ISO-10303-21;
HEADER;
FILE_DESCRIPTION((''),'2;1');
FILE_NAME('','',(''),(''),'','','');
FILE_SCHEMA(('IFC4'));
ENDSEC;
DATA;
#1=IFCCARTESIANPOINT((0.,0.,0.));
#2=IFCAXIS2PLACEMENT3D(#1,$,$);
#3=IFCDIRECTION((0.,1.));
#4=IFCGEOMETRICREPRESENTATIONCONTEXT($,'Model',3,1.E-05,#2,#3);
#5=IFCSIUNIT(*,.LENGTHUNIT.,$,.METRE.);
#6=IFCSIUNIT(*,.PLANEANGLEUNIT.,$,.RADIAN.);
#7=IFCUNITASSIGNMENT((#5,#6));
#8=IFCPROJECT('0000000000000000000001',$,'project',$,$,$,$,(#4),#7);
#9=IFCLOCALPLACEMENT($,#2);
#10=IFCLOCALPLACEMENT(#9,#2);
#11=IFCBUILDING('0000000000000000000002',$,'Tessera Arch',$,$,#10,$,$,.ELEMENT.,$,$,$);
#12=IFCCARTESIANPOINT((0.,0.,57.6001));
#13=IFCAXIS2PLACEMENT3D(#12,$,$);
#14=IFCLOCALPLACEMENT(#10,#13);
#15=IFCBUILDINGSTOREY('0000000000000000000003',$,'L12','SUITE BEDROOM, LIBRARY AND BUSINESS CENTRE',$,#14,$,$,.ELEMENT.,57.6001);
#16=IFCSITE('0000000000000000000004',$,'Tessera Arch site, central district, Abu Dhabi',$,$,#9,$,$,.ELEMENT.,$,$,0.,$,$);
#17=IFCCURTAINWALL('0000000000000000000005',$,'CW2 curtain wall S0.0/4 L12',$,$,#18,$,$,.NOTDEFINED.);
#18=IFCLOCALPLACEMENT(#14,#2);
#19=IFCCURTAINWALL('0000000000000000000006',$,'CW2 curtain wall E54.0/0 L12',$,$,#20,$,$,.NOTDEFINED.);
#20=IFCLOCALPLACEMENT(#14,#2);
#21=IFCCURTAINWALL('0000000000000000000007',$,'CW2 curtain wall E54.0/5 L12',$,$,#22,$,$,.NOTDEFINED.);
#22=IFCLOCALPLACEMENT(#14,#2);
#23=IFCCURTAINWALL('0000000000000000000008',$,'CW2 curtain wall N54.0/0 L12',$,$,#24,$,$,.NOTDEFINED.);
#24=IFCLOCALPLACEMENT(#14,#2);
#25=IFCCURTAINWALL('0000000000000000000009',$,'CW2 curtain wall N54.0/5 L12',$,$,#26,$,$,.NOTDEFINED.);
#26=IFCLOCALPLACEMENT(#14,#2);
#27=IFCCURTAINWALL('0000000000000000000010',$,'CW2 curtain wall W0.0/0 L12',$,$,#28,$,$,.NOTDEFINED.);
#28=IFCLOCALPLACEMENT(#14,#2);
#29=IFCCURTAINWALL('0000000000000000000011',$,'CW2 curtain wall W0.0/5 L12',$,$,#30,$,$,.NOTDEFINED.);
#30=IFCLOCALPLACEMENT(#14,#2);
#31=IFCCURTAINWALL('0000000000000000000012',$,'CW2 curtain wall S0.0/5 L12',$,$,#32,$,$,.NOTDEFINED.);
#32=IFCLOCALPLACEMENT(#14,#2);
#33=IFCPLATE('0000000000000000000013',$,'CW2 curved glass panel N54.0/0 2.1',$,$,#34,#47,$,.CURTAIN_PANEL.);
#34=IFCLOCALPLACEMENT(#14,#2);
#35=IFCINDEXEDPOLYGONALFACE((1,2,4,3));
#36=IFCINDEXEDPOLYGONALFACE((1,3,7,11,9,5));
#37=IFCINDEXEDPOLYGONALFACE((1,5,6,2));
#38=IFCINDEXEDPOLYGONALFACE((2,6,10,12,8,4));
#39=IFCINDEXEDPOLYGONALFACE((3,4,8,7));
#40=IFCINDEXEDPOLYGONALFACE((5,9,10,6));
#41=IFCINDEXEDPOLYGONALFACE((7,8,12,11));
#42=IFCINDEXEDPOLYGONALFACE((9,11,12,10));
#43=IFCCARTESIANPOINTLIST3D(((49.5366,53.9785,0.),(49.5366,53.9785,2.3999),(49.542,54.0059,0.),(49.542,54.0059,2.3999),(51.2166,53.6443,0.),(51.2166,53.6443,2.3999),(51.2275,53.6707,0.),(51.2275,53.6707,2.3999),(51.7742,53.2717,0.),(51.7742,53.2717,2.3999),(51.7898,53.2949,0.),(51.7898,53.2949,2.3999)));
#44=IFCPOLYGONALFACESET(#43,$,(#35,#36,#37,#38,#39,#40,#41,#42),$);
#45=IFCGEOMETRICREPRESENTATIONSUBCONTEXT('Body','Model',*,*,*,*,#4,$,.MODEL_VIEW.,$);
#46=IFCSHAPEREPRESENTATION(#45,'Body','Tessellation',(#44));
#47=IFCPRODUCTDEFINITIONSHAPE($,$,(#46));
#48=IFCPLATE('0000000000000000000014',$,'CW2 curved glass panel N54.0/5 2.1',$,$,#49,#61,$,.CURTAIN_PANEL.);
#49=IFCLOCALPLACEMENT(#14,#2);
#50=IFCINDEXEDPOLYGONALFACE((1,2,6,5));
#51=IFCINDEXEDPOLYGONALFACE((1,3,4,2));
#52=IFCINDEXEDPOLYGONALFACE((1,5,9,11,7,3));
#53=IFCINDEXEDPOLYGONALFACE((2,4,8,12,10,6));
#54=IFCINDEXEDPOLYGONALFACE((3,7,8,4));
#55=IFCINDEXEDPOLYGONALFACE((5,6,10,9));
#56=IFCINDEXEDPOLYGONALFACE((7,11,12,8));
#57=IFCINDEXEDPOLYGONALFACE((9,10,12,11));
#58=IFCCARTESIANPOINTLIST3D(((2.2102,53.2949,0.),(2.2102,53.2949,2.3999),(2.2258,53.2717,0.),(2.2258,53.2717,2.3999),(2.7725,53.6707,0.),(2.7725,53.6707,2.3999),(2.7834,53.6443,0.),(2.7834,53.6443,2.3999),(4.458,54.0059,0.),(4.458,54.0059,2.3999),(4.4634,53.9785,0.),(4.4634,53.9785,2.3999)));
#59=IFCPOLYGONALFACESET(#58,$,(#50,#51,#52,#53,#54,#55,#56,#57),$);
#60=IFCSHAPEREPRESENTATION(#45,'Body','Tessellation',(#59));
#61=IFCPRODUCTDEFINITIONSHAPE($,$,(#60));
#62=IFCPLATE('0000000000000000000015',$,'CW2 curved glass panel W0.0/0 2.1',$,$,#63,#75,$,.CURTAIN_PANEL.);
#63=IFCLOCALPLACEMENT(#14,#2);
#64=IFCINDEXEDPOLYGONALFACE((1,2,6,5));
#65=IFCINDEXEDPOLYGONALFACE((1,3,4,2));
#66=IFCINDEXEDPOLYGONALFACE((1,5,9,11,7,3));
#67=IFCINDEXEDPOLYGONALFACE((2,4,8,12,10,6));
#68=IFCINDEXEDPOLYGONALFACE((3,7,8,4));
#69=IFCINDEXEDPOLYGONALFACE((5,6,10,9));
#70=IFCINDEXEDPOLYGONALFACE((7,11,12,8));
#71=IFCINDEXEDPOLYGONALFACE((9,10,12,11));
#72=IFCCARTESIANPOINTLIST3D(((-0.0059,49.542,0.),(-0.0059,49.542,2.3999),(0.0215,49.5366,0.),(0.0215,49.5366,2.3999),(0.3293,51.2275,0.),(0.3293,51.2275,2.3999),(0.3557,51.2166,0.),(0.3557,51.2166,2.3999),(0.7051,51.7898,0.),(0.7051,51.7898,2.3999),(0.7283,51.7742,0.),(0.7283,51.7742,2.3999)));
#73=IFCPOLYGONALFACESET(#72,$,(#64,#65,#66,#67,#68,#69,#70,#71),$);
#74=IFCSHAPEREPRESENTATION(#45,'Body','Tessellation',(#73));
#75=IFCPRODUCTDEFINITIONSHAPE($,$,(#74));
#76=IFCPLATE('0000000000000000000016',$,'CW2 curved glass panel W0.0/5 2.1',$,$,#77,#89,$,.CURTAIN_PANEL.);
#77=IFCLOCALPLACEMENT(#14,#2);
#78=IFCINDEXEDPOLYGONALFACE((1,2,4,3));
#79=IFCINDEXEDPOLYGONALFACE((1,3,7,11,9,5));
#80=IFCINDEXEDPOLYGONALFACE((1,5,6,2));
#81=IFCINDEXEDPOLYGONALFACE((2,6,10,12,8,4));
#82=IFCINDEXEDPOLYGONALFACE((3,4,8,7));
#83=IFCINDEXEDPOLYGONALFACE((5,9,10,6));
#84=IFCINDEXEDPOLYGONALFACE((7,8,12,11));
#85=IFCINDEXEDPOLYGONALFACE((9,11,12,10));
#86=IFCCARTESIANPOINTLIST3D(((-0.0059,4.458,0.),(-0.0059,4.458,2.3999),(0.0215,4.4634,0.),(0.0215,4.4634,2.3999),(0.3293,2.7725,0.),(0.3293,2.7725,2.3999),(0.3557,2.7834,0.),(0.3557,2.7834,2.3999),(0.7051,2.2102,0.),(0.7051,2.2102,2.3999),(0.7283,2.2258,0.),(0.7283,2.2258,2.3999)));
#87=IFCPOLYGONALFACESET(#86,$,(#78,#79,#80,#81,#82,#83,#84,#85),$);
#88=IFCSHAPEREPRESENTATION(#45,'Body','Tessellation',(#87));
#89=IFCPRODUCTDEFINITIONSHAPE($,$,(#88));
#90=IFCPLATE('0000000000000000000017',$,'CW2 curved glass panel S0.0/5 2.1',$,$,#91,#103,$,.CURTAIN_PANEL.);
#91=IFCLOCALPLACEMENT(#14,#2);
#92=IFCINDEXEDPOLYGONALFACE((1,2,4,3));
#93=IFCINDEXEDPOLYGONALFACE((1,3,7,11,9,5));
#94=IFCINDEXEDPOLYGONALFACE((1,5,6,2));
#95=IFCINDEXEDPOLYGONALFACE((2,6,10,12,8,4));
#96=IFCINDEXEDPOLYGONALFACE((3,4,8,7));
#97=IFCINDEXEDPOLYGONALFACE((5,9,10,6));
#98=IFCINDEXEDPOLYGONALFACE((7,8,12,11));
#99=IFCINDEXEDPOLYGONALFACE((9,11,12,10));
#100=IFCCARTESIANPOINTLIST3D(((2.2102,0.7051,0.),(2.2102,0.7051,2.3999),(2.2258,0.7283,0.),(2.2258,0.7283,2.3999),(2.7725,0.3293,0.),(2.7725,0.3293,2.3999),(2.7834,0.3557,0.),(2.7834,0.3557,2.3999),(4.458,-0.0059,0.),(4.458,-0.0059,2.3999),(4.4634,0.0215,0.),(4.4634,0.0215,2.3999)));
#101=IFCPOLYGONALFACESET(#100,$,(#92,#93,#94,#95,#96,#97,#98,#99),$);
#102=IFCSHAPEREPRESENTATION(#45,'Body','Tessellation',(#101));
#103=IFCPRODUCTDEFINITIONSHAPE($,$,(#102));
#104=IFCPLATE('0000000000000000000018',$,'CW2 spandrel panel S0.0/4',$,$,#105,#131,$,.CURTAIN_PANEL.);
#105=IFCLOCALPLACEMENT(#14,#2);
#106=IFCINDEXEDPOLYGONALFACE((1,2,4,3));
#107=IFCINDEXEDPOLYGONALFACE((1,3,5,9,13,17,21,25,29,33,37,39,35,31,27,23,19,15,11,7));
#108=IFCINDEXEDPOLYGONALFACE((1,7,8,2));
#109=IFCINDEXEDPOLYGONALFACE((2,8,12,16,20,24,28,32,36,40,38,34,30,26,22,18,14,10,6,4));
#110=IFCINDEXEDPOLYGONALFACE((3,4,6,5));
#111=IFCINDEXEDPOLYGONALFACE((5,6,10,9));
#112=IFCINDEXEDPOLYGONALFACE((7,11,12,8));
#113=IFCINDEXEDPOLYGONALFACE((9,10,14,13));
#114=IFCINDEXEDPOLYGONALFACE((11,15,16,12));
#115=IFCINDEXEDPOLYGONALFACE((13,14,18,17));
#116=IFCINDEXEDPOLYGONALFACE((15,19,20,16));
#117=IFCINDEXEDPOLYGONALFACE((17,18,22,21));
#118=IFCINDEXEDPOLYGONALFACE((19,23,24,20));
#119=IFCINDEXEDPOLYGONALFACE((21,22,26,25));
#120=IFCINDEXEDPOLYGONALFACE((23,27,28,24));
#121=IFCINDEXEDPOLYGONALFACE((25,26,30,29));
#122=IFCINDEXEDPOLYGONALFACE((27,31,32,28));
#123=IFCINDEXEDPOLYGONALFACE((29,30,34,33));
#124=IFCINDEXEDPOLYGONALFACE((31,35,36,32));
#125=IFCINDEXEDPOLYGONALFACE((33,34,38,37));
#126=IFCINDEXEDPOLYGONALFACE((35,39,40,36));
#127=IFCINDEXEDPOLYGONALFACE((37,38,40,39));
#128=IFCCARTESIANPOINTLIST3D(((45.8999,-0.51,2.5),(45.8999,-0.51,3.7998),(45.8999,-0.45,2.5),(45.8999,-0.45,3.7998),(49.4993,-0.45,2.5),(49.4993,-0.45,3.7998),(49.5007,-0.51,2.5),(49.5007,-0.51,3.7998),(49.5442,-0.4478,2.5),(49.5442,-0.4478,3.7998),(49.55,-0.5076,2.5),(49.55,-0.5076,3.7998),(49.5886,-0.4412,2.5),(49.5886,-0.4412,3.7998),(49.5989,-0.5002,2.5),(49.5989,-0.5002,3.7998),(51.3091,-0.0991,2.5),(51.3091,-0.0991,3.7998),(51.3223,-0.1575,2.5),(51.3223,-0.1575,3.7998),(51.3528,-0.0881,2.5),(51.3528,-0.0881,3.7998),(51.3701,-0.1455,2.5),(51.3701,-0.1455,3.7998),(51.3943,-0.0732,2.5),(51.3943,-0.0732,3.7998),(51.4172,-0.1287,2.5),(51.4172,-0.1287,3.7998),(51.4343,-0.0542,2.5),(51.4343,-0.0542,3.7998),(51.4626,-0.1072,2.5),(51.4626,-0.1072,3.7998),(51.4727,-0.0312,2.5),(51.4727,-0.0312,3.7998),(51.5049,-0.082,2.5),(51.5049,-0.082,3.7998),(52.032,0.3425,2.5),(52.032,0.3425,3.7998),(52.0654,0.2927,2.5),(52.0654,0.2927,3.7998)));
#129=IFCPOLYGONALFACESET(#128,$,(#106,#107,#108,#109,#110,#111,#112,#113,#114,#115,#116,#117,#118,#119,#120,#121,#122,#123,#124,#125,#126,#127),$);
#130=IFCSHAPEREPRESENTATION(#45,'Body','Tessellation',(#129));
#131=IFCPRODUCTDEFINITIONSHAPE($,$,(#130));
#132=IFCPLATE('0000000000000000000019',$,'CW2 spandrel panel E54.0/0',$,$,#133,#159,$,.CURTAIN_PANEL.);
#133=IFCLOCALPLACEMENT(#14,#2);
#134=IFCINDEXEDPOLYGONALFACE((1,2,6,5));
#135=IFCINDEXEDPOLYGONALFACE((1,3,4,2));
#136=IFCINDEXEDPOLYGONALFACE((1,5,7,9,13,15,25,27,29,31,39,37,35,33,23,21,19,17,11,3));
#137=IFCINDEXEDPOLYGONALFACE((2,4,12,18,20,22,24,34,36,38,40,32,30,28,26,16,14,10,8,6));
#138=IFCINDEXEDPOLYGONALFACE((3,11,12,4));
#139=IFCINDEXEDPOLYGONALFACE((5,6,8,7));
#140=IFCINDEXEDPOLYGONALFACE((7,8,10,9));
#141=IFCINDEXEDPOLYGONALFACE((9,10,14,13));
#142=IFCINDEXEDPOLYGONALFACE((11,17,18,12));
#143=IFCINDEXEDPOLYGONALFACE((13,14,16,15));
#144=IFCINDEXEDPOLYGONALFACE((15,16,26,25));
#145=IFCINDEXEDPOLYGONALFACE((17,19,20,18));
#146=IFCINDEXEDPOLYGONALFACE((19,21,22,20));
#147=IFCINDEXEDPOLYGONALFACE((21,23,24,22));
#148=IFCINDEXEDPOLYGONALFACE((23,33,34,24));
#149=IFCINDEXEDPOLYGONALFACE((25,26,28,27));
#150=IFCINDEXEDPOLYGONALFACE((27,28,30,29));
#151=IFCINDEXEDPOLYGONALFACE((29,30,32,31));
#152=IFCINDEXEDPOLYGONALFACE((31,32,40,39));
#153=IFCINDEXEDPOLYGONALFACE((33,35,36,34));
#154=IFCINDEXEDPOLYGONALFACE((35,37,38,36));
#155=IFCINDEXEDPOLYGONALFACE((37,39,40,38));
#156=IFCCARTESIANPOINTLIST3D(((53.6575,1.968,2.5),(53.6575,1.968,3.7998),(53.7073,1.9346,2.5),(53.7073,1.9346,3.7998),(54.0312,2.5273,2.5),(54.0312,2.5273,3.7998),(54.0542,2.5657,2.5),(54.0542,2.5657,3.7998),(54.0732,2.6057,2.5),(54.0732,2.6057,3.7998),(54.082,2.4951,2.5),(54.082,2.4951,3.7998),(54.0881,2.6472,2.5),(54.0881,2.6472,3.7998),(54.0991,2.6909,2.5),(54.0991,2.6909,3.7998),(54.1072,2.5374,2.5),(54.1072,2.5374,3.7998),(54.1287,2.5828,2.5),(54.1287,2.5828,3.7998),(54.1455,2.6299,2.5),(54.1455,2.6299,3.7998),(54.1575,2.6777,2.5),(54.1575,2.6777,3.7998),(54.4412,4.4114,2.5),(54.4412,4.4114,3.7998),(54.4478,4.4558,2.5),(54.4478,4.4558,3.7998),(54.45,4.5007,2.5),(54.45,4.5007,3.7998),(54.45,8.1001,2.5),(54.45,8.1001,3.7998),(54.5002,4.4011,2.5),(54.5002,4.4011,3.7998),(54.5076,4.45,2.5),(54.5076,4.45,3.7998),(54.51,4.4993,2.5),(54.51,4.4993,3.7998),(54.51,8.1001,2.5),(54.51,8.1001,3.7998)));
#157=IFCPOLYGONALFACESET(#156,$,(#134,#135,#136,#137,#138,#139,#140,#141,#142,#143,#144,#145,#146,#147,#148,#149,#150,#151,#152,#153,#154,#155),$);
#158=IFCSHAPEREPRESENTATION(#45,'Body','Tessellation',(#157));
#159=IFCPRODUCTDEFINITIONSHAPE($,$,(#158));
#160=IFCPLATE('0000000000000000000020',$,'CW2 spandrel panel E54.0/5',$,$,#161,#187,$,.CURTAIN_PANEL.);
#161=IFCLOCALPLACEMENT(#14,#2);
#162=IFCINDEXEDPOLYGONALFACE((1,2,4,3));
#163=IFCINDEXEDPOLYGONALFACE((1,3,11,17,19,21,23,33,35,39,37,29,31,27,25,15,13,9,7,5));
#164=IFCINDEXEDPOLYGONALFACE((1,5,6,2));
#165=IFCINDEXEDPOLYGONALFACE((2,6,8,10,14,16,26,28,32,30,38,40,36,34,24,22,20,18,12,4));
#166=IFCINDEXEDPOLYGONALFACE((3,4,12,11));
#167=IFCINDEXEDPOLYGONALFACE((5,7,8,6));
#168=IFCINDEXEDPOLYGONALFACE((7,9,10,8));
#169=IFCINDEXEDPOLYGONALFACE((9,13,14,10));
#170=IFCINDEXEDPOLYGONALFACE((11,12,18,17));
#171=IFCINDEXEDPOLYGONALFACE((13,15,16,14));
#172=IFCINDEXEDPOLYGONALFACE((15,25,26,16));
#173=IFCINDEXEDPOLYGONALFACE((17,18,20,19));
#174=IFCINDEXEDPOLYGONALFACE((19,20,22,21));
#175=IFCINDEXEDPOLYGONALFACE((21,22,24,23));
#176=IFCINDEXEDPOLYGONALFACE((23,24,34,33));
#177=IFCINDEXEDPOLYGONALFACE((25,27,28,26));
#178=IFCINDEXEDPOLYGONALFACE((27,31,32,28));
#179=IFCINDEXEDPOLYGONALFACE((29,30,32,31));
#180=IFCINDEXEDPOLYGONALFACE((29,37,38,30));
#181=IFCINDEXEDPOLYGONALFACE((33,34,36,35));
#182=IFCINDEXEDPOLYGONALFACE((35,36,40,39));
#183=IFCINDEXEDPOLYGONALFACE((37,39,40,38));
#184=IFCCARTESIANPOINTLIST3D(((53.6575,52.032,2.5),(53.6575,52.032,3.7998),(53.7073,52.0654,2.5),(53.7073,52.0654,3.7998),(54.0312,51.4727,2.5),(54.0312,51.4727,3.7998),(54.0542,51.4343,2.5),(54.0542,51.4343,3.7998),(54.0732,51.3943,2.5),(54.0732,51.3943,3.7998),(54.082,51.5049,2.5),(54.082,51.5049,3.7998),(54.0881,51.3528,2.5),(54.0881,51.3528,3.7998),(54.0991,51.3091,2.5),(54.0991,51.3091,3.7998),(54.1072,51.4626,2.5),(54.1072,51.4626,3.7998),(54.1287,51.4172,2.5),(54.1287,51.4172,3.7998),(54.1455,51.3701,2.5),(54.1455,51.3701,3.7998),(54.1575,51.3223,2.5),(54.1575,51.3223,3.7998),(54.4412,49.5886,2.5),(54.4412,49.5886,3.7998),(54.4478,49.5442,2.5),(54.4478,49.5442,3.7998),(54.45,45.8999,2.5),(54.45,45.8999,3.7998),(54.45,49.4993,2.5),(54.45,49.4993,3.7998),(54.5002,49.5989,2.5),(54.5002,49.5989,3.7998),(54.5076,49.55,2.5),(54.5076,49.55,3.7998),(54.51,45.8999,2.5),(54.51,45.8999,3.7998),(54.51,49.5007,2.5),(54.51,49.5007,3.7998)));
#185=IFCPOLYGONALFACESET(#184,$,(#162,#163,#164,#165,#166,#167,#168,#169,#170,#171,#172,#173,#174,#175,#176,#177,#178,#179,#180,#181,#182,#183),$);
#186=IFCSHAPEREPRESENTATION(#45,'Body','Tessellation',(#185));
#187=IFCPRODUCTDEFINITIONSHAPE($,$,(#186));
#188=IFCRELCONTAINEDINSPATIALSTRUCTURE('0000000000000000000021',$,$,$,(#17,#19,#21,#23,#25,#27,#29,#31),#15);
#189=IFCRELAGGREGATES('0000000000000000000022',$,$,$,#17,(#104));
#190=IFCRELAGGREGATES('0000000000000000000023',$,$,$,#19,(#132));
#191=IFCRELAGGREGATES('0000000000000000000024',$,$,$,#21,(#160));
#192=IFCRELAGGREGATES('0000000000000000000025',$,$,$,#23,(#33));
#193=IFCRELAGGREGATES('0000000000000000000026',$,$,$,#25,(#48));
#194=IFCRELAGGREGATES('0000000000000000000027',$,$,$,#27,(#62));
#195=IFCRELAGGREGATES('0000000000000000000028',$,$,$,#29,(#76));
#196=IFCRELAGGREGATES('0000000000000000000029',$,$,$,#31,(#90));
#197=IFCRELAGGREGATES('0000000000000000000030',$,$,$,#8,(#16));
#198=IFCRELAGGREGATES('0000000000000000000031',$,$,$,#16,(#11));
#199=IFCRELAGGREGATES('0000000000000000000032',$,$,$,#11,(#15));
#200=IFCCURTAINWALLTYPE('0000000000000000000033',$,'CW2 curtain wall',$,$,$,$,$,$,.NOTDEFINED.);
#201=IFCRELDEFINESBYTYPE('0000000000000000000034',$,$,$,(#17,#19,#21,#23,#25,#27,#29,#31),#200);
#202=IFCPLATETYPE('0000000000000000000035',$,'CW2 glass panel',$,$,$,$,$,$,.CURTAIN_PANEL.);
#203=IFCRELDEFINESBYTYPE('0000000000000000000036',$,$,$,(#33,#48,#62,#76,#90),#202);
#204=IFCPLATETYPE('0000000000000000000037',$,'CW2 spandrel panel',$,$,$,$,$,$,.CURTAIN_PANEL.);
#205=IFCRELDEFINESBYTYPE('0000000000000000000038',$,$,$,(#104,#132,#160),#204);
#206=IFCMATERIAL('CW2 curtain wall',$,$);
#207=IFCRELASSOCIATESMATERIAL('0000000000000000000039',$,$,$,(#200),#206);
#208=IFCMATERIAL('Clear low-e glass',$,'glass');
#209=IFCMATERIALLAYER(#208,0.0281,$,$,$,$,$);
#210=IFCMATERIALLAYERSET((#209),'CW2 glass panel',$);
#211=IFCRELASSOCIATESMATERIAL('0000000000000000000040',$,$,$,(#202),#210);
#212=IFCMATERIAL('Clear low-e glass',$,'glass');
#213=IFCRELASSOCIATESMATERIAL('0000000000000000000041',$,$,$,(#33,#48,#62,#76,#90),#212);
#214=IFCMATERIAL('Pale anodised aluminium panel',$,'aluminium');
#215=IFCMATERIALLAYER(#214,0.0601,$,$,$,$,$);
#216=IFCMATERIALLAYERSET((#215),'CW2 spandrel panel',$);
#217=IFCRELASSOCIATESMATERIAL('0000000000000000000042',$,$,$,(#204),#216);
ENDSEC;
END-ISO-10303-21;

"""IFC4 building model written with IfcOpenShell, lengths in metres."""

from ifc_helpers import new_model, si_unit, direction, frame, origin, place, context, subcontext, project, spatial, polyline, outline, extrude, material, layer, layer_set, type_object, element, aggregate, save


model = new_model("IFC4")

# Units and contexts
model_context = context("Model", 3, precision=1e-05, world=origin(), true_north=direction((0.0, 1.0)))
body_context = subcontext(model_context, "Body", "Model", "MODEL_VIEW")
ifc_project = project(units=[si_unit("LENGTHUNIT", "METRE"), si_unit("PLANEANGLEUNIT", "RADIAN")], contexts=[model_context])

# Site, building, storey
site_placement = place(None, origin())
site = spatial("IfcSite", under=ifc_project, at=site_placement, Name="Tessera Arch site, central district, Abu Dhabi", CompositionType="ELEMENT", RefElevation=0.0)
building_placement = place(site_placement, origin())
building = spatial("IfcBuilding", under=site, at=building_placement, Name="Tessera Arch", CompositionType="ELEMENT")
storey_placement = place(building_placement, frame((0.0, 0.0, 57.6001)))
storey = spatial("IfcBuildingStorey", under=building, at=storey_placement, Name="L12", Description="SUITE BEDROOM, LIBRARY AND BUSINESS CENTRE", CompositionType="ELEMENT", Elevation=57.6001)

# Curtain walls
ifc_material_1 = material(Name="CW2 curtain wall")
curtain_wall_type = type_object("IfcCurtainWallType", Name="CW2 curtain wall", PredefinedType="NOTDEFINED", material=ifc_material_1)
curtain_wall_1_placement = place(storey_placement, origin())
curtain_wall_1 = element("IfcCurtainWall", 1, at=curtain_wall_1_placement, inside=storey, type_object=curtain_wall_type, Name="CW2 curtain wall S0.0/4 L12", PredefinedType="NOTDEFINED")
curtain_wall_2_placement = place(storey_placement, origin())
curtain_wall_2 = element("IfcCurtainWall", 2, at=curtain_wall_2_placement, inside=storey, type_object=curtain_wall_type, Name="CW2 curtain wall E54.0/0 L12", PredefinedType="NOTDEFINED")
curtain_wall_3_placement = place(storey_placement, origin())
curtain_wall_3 = element("IfcCurtainWall", 3, at=curtain_wall_3_placement, inside=storey, type_object=curtain_wall_type, Name="CW2 curtain wall E54.0/5 L12", PredefinedType="NOTDEFINED")
curtain_wall_4_placement = place(storey_placement, origin())
curtain_wall_4 = element("IfcCurtainWall", 4, at=curtain_wall_4_placement, inside=storey, type_object=curtain_wall_type, Name="CW2 curtain wall N54.0/0 L12", PredefinedType="NOTDEFINED")
curtain_wall_5_placement = place(storey_placement, origin())
curtain_wall_5 = element("IfcCurtainWall", 5, at=curtain_wall_5_placement, inside=storey, type_object=curtain_wall_type, Name="CW2 curtain wall N54.0/5 L12", PredefinedType="NOTDEFINED")
curtain_wall_6_placement = place(storey_placement, origin())
curtain_wall_6 = element("IfcCurtainWall", 6, at=curtain_wall_6_placement, inside=storey, type_object=curtain_wall_type, Name="CW2 curtain wall W0.0/0 L12", PredefinedType="NOTDEFINED")
curtain_wall_7_placement = place(storey_placement, origin())
curtain_wall_7 = element("IfcCurtainWall", 7, at=curtain_wall_7_placement, inside=storey, type_object=curtain_wall_type, Name="CW2 curtain wall W0.0/5 L12", PredefinedType="NOTDEFINED")
curtain_wall_8_placement = place(storey_placement, origin())
curtain_wall_8 = element("IfcCurtainWall", 8, at=curtain_wall_8_placement, inside=storey, type_object=curtain_wall_type, Name="CW2 curtain wall S0.0/5 L12", PredefinedType="NOTDEFINED")

# Plates
ifc_material_2 = material(Name="Clear low-e glass", Category="glass")
ifc_material_3 = material(Name="Clear low-e glass", Category="glass")
ifc_layer_1 = layer(ifc_material_3, 0.0281)
ifc_layer_set_1 = layer_set([ifc_layer_1], Name="CW2 glass panel")
plate_type_1 = type_object("IfcPlateType", Name="CW2 glass panel", PredefinedType="CURTAIN_PANEL", material=ifc_layer_set_1)
plate_1_placement = place(storey_placement, origin())
plate_1 = element("IfcPlate", 9, at=plate_1_placement, type_object=plate_type_1, material=ifc_material_2, Name="CW2 curved glass panel N54.0/0 2.1", PredefinedType="CURTAIN_PANEL", context=body_context, shape_type="SweptSolid", body=[
    extrude(outline(polyline([(51.2166, 53.6443), (51.7742, 53.2717), (51.7898, 53.2949), (51.2275, 53.6707), (49.542, 54.0059), (49.5366, 53.9785), (51.2166, 53.6443)])), origin(), (0.0, 0.0, 1.0), 2.3999),
])
plate_2_placement = place(storey_placement, origin())
plate_2 = element("IfcPlate", 10, at=plate_2_placement, type_object=plate_type_1, material=ifc_material_2, Name="CW2 curved glass panel N54.0/5 2.1", PredefinedType="CURTAIN_PANEL", context=body_context, shape_type="SweptSolid", body=[
    extrude(outline(polyline([(2.7834, 53.6443), (4.4634, 53.9785), (4.458, 54.0059), (2.7725, 53.6707), (2.2102, 53.2949), (2.2258, 53.2717), (2.7834, 53.6443)])), origin(), (0.0, 0.0, 1.0), 2.3999),
])
plate_3_placement = place(storey_placement, origin())
plate_3 = element("IfcPlate", 11, at=plate_3_placement, type_object=plate_type_1, material=ifc_material_2, Name="CW2 curved glass panel W0.0/0 2.1", PredefinedType="CURTAIN_PANEL", context=body_context, shape_type="SweptSolid", body=[
    extrude(outline(polyline([(0.3557, 51.2166), (0.7283, 51.7742), (0.7051, 51.7898), (0.3293, 51.2275), (-0.0059, 49.542), (0.0215, 49.5366), (0.3557, 51.2166)])), origin(), (0.0, 0.0, 1.0), 2.3999),
])
plate_4_placement = place(storey_placement, origin())
plate_4 = element("IfcPlate", 12, at=plate_4_placement, type_object=plate_type_1, material=ifc_material_2, Name="CW2 curved glass panel W0.0/5 2.1", PredefinedType="CURTAIN_PANEL", context=body_context, shape_type="SweptSolid", body=[
    extrude(outline(polyline([(0.3557, 2.7834), (0.0215, 4.4634), (-0.0059, 4.458), (0.3293, 2.7725), (0.7051, 2.2102), (0.7283, 2.2258), (0.3557, 2.7834)])), origin(), (0.0, 0.0, 1.0), 2.3999),
])
plate_5_placement = place(storey_placement, origin())
plate_5 = element("IfcPlate", 13, at=plate_5_placement, type_object=plate_type_1, material=ifc_material_2, Name="CW2 curved glass panel S0.0/5 2.1", PredefinedType="CURTAIN_PANEL", context=body_context, shape_type="SweptSolid", body=[
    extrude(outline(polyline([(2.7834, 0.3557), (2.2258, 0.7283), (2.2102, 0.7051), (2.7725, 0.3293), (4.458, -0.0059), (4.4634, 0.0215), (2.7834, 0.3557)])), origin(), (0.0, 0.0, 1.0), 2.3999),
])
ifc_material_4 = material(Name="Pale anodised aluminium panel", Category="aluminium")
ifc_layer_2 = layer(ifc_material_4, 0.0601)
ifc_layer_set_2 = layer_set([ifc_layer_2], Name="CW2 spandrel panel")
plate_type_2 = type_object("IfcPlateType", Name="CW2 spandrel panel", PredefinedType="CURTAIN_PANEL", material=ifc_layer_set_2)
plate_6_placement = place(storey_placement, frame((0.0, 0.0, 2.5)))
plate_6 = element("IfcPlate", 14, at=plate_6_placement, type_object=plate_type_2, Name="CW2 spandrel panel S0.0/4", PredefinedType="CURTAIN_PANEL", context=body_context, shape_type="SweptSolid", body=[
    extrude(outline(polyline([(49.4993, -0.45), (45.8999, -0.45), (45.8999, -0.51), (49.5007, -0.51), (49.55, -0.5076), (49.5989, -0.5002), (51.3223, -0.1575), (51.3701, -0.1455), (51.4172, -0.1287), (51.4626, -0.1072), (51.5049, -0.082), (52.0654, 0.2927), (52.032, 0.3425), (51.4727, -0.0312), (51.4343, -0.0542), (51.3943, -0.0732), (51.3528, -0.0881), (51.3091, -0.0991), (49.5886, -0.4412), (49.5442, -0.4478), (49.4993, -0.45)])), origin(), (0.0, 0.0, 1.0), 1.2998),
])
aggregate(curtain_wall_1, [plate_6])
plate_7_placement = place(storey_placement, frame((0.0, 0.0, 2.5)))
plate_7 = element("IfcPlate", 15, at=plate_7_placement, type_object=plate_type_2, Name="CW2 spandrel panel E54.0/0", PredefinedType="CURTAIN_PANEL", context=body_context, shape_type="SweptSolid", body=[
    extrude(outline(polyline([(54.0312, 2.5273), (53.6575, 1.968), (53.7073, 1.9346), (54.082, 2.4951), (54.1072, 2.5374), (54.1287, 2.5828), (54.1455, 2.6299), (54.1575, 2.6777), (54.5002, 4.4011), (54.5076, 4.45), (54.51, 4.4993), (54.51, 8.1001), (54.45, 8.1001), (54.45, 4.5007), (54.4478, 4.4558), (54.4412, 4.4114), (54.0991, 2.6909), (54.0881, 2.6472), (54.0732, 2.6057), (54.0542, 2.5657), (54.0312, 2.5273)])), origin(), (0.0, 0.0, 1.0), 1.2998),
])
aggregate(curtain_wall_2, [plate_7])
plate_8_placement = place(storey_placement, frame((0.0, 0.0, 2.5)))
plate_8 = element("IfcPlate", 16, at=plate_8_placement, type_object=plate_type_2, Name="CW2 spandrel panel E54.0/5", PredefinedType="CURTAIN_PANEL", context=body_context, shape_type="SweptSolid", body=[
    extrude(outline(polyline([(54.45, 49.4993), (54.45, 45.8999), (54.51, 45.8999), (54.51, 49.5007), (54.5076, 49.55), (54.5002, 49.5989), (54.1575, 51.3223), (54.1455, 51.3701), (54.1287, 51.4172), (54.1072, 51.4626), (54.082, 51.5049), (53.7073, 52.0654), (53.6575, 52.032), (54.0312, 51.4727), (54.0542, 51.4343), (54.0732, 51.3943), (54.0881, 51.3528), (54.0991, 51.3091), (54.4412, 49.5886), (54.4478, 49.5442), (54.45, 49.4993)])), origin(), (0.0, 0.0, 1.0), 1.2998),
])
aggregate(curtain_wall_3, [plate_8])
aggregate(curtain_wall_4, [plate_1])
aggregate(curtain_wall_5, [plate_2])
aggregate(curtain_wall_6, [plate_3])
aggregate(curtain_wall_7, [plate_4])
aggregate(curtain_wall_8, [plate_5])

save(model, "model.ifc")
